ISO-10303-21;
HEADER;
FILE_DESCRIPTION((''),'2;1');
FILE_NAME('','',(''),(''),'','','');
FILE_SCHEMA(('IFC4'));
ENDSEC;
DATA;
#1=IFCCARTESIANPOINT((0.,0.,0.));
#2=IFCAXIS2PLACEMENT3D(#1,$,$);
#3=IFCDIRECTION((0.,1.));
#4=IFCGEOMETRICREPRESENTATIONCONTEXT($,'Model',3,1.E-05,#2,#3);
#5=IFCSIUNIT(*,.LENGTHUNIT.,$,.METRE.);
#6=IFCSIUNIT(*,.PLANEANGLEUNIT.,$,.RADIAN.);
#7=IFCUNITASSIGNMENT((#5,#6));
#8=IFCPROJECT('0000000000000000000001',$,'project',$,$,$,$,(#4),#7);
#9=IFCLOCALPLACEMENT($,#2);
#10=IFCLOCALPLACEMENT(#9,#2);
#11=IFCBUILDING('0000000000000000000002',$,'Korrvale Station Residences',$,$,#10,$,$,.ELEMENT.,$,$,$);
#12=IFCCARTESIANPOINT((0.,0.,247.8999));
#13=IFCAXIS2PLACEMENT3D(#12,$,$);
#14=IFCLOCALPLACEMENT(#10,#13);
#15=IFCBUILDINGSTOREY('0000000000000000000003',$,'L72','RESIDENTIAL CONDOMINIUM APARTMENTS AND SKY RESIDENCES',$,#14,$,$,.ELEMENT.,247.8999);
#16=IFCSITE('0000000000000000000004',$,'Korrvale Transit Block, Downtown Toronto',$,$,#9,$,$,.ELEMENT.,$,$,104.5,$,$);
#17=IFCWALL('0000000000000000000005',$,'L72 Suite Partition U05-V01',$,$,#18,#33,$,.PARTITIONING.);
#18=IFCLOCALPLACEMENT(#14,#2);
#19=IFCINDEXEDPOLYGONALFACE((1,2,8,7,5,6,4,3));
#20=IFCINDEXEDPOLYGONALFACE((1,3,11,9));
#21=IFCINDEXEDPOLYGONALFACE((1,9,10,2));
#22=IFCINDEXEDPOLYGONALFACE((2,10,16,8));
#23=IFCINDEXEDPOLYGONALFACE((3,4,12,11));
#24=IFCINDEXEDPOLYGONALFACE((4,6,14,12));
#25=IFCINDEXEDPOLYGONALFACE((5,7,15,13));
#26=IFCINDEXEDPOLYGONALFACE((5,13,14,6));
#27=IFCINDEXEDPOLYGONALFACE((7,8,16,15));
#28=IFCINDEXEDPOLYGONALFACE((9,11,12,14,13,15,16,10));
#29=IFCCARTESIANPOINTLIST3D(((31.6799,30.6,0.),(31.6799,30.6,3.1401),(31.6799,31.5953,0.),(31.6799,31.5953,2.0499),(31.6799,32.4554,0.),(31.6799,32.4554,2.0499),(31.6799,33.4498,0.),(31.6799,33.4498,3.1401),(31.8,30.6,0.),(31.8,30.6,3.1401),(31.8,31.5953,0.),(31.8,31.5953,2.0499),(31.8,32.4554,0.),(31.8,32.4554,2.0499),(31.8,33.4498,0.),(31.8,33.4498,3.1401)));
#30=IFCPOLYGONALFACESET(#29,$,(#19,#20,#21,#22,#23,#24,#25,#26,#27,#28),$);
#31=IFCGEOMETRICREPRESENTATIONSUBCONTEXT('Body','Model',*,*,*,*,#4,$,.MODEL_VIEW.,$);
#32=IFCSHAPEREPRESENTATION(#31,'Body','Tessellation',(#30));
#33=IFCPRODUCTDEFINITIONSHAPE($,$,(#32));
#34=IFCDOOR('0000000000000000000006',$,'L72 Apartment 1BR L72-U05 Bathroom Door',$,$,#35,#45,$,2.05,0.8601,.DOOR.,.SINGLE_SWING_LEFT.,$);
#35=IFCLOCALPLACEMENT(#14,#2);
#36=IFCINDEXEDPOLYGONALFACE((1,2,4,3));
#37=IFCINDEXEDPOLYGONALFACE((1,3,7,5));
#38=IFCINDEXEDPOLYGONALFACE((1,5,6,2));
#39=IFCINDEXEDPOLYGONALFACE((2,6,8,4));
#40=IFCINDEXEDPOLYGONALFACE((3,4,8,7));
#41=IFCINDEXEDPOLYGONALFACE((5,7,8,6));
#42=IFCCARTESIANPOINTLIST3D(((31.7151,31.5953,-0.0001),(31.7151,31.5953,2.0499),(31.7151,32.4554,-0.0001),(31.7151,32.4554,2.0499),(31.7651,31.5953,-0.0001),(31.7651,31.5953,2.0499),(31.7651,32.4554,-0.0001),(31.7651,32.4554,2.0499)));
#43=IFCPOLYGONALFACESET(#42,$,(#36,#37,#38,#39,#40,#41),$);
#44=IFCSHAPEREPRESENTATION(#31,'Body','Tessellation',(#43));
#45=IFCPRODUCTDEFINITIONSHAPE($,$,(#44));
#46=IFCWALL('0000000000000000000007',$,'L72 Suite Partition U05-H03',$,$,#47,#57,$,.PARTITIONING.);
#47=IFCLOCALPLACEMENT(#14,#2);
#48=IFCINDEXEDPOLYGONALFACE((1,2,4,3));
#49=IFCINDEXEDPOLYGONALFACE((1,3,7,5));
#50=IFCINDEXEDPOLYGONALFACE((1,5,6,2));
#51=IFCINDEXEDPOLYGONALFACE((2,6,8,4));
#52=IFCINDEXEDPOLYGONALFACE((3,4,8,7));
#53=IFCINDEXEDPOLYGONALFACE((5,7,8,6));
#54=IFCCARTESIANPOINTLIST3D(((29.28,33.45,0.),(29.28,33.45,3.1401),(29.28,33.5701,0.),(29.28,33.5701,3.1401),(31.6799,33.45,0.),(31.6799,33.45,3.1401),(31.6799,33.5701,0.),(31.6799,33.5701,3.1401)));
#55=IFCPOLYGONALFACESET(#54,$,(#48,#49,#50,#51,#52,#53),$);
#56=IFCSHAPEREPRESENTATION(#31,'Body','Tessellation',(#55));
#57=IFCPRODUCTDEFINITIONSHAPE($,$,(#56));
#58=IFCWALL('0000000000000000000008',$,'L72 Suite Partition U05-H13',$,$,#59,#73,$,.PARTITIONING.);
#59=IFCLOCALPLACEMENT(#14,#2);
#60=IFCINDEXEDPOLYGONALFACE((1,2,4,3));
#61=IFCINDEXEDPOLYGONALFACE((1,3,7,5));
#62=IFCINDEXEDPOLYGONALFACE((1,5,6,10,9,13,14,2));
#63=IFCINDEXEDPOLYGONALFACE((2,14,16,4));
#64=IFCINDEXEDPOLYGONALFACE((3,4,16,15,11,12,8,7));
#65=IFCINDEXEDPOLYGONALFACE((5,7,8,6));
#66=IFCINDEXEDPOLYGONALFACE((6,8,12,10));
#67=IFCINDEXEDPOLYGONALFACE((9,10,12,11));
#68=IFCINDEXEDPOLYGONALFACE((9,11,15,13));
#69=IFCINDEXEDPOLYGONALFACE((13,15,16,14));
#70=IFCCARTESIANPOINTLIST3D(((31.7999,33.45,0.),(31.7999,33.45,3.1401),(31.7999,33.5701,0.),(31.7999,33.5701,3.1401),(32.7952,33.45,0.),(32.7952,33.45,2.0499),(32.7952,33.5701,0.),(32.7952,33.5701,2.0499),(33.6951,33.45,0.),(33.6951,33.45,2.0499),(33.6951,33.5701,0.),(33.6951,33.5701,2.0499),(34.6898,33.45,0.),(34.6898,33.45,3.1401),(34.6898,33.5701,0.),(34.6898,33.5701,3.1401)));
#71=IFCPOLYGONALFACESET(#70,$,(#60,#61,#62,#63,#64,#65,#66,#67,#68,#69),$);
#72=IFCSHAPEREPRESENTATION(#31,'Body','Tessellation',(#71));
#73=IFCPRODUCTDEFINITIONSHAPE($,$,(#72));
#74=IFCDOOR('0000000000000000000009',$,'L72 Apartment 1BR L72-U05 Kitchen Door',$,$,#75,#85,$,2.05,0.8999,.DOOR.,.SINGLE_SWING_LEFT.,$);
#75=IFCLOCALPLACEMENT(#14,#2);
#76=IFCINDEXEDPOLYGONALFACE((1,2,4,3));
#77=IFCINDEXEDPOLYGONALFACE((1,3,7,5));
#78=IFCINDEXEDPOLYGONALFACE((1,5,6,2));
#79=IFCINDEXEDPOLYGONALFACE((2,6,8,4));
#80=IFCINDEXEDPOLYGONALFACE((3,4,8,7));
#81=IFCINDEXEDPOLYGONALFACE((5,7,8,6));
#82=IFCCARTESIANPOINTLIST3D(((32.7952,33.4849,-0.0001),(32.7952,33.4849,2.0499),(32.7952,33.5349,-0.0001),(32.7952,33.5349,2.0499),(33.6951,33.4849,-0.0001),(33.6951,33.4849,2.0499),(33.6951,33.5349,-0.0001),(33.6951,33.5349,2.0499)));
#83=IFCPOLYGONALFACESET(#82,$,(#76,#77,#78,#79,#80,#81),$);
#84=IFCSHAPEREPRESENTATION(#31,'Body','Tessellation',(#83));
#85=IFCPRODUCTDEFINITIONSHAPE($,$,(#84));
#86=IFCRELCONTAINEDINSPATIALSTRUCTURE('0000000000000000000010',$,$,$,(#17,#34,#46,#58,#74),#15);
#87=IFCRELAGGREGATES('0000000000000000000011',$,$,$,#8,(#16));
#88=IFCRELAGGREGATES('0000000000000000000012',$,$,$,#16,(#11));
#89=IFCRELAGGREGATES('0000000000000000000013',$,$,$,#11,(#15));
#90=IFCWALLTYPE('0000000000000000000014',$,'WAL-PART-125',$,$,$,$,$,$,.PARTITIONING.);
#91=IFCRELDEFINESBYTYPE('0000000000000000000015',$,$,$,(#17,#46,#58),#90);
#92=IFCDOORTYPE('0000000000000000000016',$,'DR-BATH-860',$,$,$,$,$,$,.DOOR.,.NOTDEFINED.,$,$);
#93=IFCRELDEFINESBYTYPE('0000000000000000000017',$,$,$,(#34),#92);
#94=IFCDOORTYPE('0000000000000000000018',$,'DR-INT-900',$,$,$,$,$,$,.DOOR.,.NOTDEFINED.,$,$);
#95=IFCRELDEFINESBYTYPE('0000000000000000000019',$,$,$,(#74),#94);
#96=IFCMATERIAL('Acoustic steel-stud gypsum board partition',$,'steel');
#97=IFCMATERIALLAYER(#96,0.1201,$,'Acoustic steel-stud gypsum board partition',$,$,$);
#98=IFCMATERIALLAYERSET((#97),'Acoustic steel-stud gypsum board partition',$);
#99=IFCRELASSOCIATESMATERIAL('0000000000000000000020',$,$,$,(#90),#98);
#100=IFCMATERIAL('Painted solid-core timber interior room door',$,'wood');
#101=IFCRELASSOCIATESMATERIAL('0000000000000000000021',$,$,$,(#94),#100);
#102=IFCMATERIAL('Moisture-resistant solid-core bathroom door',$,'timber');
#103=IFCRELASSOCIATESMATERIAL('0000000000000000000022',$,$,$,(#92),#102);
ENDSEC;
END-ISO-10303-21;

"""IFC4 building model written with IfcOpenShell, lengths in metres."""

from ifc_helpers import new_model, si_unit, direction, frame, frame_2d, origin, place, context, subcontext, project, spatial, rectangle, extrude, material, layer, layer_set, type_object, element, fill, save


model = new_model("IFC4")

# Units and contexts
model_context = context("Model", 3, precision=1e-05, world=origin(), true_north=direction((0.0, 1.0)))
body_context = subcontext(model_context, "Body", "Model", "MODEL_VIEW")
ifc_project = project(units=[si_unit("LENGTHUNIT", "METRE"), si_unit("PLANEANGLEUNIT", "RADIAN")], contexts=[model_context])

# Site, building, storey
site_placement = place(None, origin())
site = spatial("IfcSite", under=ifc_project, at=site_placement, Name="Korrvale Transit Block, Downtown Toronto", CompositionType="ELEMENT", RefElevation=104.5)
building_placement = place(site_placement, origin())
building = spatial("IfcBuilding", under=site, at=building_placement, Name="Korrvale Station Residences", CompositionType="ELEMENT")
storey_placement = place(building_placement, frame((0.0, 0.0, 247.8999)))
storey = spatial("IfcBuildingStorey", under=building, at=storey_placement, Name="L72", Description="RESIDENTIAL CONDOMINIUM APARTMENTS AND SKY RESIDENCES", CompositionType="ELEMENT", Elevation=247.8999)

# Wall, opening, door
ifc_material_1 = material(Name="Acoustic steel-stud gypsum board partition", Category="steel")
ifc_layer_1 = layer(ifc_material_1, 0.1201, Name="Acoustic steel-stud gypsum board partition")
ifc_layer_set_1 = layer_set([ifc_layer_1], Name="Acoustic steel-stud gypsum board partition")
wall_type_1 = type_object("IfcWallType", Name="WAL-PART-125", PredefinedType="PARTITIONING", material=ifc_layer_set_1)
ifc_material_2 = material(Name="Painted solid-core timber interior room door", Category="wood")
door_type_1 = type_object("IfcDoorType", Name="DR-INT-900", OperationType="NOTDEFINED", PredefinedType="DOOR", material=ifc_material_2)
wall_1_placement = place(storey_placement, frame((31.74, 30.6001, 0.0), z_axis=(0.0, 0.0, 1.0), x_axis=(0.0, 1.0, 0.0)))
wall_1 = element("IfcWall", 1, at=wall_1_placement, inside=storey, type_object=wall_type_1, Name="L72 Suite Partition U05-V01", PredefinedType="PARTITIONING", context=body_context, shape_type="SweptSolid", body=[
    extrude(rectangle(XDim=2.8499, YDim=0.1201, at=frame_2d((1.4248, 0.0))), origin(), (0.0, 0.0, 1.0), 3.1401),
])
opening_1_placement = place(wall_1_placement, frame((0.9951, 0.0, 0.0)))
opening_1 = element("IfcOpeningElement", 2, at=opening_1_placement, cuts=wall_1, PredefinedType="OPENING", context=body_context, shape_type="SweptSolid", body=[
    extrude(rectangle(XDim=0.8601, YDim=2.05, at=frame_2d((0.4302, 1.0249))), frame((0.0, 0.0701, 0.0), z_axis=(0.0, -1.0, 0.0), x_axis=(1.0, 0.0, 0.0)), (0.0, 0.0, 1.0), 0.1401),
])
ifc_material_3 = material(Name="Moisture-resistant solid-core bathroom door", Category="timber")
door_type_2 = type_object("IfcDoorType", Name="DR-BATH-860", OperationType="NOTDEFINED", PredefinedType="DOOR", material=ifc_material_3)
door_1_placement = place(opening_1_placement, origin())
door_1 = element("IfcDoor", 3, at=door_1_placement, inside=storey, type_object=door_type_2, Name="L72 Apartment 1BR L72-U05 Bathroom Door", OperationType="SINGLE_SWING_LEFT", OverallHeight=2.05, OverallWidth=0.8601, PredefinedType="DOOR", context=body_context, shape_type="SweptSolid", body=[
    extrude(rectangle(XDim=0.8601, YDim=2.05, at=frame_2d((0.4302, 1.0249))), frame((0.0, 0.0249, 0.0), z_axis=(0.0, -1.0, 0.0), x_axis=(1.0, 0.0, 0.0)), (0.0, 0.0, 1.0), 0.05),
])
fill(opening_1, door_1)

# Wall
wall_2_placement = place(storey_placement, frame((29.28, 33.51, 0.0), z_axis=(0.0, 0.0, 1.0), x_axis=(1.0, 0.0, 0.0)))
element("IfcWall", 4, at=wall_2_placement, inside=storey, type_object=wall_type_1, Name="L72 Suite Partition U05-H03", PredefinedType="PARTITIONING", context=body_context, shape_type="SweptSolid", body=[
    extrude(rectangle(XDim=2.3999, YDim=0.1201, at=frame_2d((1.2, 0.0))), origin(), (0.0, 0.0, 1.0), 3.1401),
])

# Wall, opening, door
wall_3_placement = place(storey_placement, frame((31.8, 33.51, 0.0), z_axis=(0.0, 0.0, 1.0), x_axis=(1.0, 0.0, 0.0)))
wall_3 = element("IfcWall", 5, at=wall_3_placement, inside=storey, type_object=wall_type_1, Name="L72 Suite Partition U05-H13", PredefinedType="PARTITIONING", context=body_context, shape_type="SweptSolid", body=[
    extrude(rectangle(XDim=2.8899, YDim=0.1201, at=frame_2d((1.4448, 0.0))), origin(), (0.0, 0.0, 1.0), 3.1401),
])
opening_2_placement = place(wall_3_placement, frame((0.9951, 0.0, 0.0)))
opening_2 = element("IfcOpeningElement", 6, at=opening_2_placement, cuts=wall_3, PredefinedType="OPENING", context=body_context, shape_type="SweptSolid", body=[
    extrude(rectangle(XDim=0.8999, YDim=2.05, at=frame_2d((0.45, 1.0249))), frame((0.0, 0.0701, 0.0), z_axis=(0.0, -1.0, 0.0), x_axis=(1.0, 0.0, 0.0)), (0.0, 0.0, 1.0), 0.1401),
])
door_2_placement = place(opening_2_placement, origin())
door_2 = element("IfcDoor", 7, at=door_2_placement, inside=storey, type_object=door_type_1, Name="L72 Apartment 1BR L72-U05 Kitchen Door", OperationType="SINGLE_SWING_LEFT", OverallHeight=2.05, OverallWidth=0.8999, PredefinedType="DOOR", context=body_context, shape_type="SweptSolid", body=[
    extrude(rectangle(XDim=0.8999, YDim=2.05, at=frame_2d((0.45, 1.0249))), frame((0.0, 0.0249, 0.0), z_axis=(0.0, -1.0, 0.0), x_axis=(1.0, 0.0, 0.0)), (0.0, 0.0, 1.0), 0.05),
])
fill(opening_2, door_2)

save(model, "model.ifc")
